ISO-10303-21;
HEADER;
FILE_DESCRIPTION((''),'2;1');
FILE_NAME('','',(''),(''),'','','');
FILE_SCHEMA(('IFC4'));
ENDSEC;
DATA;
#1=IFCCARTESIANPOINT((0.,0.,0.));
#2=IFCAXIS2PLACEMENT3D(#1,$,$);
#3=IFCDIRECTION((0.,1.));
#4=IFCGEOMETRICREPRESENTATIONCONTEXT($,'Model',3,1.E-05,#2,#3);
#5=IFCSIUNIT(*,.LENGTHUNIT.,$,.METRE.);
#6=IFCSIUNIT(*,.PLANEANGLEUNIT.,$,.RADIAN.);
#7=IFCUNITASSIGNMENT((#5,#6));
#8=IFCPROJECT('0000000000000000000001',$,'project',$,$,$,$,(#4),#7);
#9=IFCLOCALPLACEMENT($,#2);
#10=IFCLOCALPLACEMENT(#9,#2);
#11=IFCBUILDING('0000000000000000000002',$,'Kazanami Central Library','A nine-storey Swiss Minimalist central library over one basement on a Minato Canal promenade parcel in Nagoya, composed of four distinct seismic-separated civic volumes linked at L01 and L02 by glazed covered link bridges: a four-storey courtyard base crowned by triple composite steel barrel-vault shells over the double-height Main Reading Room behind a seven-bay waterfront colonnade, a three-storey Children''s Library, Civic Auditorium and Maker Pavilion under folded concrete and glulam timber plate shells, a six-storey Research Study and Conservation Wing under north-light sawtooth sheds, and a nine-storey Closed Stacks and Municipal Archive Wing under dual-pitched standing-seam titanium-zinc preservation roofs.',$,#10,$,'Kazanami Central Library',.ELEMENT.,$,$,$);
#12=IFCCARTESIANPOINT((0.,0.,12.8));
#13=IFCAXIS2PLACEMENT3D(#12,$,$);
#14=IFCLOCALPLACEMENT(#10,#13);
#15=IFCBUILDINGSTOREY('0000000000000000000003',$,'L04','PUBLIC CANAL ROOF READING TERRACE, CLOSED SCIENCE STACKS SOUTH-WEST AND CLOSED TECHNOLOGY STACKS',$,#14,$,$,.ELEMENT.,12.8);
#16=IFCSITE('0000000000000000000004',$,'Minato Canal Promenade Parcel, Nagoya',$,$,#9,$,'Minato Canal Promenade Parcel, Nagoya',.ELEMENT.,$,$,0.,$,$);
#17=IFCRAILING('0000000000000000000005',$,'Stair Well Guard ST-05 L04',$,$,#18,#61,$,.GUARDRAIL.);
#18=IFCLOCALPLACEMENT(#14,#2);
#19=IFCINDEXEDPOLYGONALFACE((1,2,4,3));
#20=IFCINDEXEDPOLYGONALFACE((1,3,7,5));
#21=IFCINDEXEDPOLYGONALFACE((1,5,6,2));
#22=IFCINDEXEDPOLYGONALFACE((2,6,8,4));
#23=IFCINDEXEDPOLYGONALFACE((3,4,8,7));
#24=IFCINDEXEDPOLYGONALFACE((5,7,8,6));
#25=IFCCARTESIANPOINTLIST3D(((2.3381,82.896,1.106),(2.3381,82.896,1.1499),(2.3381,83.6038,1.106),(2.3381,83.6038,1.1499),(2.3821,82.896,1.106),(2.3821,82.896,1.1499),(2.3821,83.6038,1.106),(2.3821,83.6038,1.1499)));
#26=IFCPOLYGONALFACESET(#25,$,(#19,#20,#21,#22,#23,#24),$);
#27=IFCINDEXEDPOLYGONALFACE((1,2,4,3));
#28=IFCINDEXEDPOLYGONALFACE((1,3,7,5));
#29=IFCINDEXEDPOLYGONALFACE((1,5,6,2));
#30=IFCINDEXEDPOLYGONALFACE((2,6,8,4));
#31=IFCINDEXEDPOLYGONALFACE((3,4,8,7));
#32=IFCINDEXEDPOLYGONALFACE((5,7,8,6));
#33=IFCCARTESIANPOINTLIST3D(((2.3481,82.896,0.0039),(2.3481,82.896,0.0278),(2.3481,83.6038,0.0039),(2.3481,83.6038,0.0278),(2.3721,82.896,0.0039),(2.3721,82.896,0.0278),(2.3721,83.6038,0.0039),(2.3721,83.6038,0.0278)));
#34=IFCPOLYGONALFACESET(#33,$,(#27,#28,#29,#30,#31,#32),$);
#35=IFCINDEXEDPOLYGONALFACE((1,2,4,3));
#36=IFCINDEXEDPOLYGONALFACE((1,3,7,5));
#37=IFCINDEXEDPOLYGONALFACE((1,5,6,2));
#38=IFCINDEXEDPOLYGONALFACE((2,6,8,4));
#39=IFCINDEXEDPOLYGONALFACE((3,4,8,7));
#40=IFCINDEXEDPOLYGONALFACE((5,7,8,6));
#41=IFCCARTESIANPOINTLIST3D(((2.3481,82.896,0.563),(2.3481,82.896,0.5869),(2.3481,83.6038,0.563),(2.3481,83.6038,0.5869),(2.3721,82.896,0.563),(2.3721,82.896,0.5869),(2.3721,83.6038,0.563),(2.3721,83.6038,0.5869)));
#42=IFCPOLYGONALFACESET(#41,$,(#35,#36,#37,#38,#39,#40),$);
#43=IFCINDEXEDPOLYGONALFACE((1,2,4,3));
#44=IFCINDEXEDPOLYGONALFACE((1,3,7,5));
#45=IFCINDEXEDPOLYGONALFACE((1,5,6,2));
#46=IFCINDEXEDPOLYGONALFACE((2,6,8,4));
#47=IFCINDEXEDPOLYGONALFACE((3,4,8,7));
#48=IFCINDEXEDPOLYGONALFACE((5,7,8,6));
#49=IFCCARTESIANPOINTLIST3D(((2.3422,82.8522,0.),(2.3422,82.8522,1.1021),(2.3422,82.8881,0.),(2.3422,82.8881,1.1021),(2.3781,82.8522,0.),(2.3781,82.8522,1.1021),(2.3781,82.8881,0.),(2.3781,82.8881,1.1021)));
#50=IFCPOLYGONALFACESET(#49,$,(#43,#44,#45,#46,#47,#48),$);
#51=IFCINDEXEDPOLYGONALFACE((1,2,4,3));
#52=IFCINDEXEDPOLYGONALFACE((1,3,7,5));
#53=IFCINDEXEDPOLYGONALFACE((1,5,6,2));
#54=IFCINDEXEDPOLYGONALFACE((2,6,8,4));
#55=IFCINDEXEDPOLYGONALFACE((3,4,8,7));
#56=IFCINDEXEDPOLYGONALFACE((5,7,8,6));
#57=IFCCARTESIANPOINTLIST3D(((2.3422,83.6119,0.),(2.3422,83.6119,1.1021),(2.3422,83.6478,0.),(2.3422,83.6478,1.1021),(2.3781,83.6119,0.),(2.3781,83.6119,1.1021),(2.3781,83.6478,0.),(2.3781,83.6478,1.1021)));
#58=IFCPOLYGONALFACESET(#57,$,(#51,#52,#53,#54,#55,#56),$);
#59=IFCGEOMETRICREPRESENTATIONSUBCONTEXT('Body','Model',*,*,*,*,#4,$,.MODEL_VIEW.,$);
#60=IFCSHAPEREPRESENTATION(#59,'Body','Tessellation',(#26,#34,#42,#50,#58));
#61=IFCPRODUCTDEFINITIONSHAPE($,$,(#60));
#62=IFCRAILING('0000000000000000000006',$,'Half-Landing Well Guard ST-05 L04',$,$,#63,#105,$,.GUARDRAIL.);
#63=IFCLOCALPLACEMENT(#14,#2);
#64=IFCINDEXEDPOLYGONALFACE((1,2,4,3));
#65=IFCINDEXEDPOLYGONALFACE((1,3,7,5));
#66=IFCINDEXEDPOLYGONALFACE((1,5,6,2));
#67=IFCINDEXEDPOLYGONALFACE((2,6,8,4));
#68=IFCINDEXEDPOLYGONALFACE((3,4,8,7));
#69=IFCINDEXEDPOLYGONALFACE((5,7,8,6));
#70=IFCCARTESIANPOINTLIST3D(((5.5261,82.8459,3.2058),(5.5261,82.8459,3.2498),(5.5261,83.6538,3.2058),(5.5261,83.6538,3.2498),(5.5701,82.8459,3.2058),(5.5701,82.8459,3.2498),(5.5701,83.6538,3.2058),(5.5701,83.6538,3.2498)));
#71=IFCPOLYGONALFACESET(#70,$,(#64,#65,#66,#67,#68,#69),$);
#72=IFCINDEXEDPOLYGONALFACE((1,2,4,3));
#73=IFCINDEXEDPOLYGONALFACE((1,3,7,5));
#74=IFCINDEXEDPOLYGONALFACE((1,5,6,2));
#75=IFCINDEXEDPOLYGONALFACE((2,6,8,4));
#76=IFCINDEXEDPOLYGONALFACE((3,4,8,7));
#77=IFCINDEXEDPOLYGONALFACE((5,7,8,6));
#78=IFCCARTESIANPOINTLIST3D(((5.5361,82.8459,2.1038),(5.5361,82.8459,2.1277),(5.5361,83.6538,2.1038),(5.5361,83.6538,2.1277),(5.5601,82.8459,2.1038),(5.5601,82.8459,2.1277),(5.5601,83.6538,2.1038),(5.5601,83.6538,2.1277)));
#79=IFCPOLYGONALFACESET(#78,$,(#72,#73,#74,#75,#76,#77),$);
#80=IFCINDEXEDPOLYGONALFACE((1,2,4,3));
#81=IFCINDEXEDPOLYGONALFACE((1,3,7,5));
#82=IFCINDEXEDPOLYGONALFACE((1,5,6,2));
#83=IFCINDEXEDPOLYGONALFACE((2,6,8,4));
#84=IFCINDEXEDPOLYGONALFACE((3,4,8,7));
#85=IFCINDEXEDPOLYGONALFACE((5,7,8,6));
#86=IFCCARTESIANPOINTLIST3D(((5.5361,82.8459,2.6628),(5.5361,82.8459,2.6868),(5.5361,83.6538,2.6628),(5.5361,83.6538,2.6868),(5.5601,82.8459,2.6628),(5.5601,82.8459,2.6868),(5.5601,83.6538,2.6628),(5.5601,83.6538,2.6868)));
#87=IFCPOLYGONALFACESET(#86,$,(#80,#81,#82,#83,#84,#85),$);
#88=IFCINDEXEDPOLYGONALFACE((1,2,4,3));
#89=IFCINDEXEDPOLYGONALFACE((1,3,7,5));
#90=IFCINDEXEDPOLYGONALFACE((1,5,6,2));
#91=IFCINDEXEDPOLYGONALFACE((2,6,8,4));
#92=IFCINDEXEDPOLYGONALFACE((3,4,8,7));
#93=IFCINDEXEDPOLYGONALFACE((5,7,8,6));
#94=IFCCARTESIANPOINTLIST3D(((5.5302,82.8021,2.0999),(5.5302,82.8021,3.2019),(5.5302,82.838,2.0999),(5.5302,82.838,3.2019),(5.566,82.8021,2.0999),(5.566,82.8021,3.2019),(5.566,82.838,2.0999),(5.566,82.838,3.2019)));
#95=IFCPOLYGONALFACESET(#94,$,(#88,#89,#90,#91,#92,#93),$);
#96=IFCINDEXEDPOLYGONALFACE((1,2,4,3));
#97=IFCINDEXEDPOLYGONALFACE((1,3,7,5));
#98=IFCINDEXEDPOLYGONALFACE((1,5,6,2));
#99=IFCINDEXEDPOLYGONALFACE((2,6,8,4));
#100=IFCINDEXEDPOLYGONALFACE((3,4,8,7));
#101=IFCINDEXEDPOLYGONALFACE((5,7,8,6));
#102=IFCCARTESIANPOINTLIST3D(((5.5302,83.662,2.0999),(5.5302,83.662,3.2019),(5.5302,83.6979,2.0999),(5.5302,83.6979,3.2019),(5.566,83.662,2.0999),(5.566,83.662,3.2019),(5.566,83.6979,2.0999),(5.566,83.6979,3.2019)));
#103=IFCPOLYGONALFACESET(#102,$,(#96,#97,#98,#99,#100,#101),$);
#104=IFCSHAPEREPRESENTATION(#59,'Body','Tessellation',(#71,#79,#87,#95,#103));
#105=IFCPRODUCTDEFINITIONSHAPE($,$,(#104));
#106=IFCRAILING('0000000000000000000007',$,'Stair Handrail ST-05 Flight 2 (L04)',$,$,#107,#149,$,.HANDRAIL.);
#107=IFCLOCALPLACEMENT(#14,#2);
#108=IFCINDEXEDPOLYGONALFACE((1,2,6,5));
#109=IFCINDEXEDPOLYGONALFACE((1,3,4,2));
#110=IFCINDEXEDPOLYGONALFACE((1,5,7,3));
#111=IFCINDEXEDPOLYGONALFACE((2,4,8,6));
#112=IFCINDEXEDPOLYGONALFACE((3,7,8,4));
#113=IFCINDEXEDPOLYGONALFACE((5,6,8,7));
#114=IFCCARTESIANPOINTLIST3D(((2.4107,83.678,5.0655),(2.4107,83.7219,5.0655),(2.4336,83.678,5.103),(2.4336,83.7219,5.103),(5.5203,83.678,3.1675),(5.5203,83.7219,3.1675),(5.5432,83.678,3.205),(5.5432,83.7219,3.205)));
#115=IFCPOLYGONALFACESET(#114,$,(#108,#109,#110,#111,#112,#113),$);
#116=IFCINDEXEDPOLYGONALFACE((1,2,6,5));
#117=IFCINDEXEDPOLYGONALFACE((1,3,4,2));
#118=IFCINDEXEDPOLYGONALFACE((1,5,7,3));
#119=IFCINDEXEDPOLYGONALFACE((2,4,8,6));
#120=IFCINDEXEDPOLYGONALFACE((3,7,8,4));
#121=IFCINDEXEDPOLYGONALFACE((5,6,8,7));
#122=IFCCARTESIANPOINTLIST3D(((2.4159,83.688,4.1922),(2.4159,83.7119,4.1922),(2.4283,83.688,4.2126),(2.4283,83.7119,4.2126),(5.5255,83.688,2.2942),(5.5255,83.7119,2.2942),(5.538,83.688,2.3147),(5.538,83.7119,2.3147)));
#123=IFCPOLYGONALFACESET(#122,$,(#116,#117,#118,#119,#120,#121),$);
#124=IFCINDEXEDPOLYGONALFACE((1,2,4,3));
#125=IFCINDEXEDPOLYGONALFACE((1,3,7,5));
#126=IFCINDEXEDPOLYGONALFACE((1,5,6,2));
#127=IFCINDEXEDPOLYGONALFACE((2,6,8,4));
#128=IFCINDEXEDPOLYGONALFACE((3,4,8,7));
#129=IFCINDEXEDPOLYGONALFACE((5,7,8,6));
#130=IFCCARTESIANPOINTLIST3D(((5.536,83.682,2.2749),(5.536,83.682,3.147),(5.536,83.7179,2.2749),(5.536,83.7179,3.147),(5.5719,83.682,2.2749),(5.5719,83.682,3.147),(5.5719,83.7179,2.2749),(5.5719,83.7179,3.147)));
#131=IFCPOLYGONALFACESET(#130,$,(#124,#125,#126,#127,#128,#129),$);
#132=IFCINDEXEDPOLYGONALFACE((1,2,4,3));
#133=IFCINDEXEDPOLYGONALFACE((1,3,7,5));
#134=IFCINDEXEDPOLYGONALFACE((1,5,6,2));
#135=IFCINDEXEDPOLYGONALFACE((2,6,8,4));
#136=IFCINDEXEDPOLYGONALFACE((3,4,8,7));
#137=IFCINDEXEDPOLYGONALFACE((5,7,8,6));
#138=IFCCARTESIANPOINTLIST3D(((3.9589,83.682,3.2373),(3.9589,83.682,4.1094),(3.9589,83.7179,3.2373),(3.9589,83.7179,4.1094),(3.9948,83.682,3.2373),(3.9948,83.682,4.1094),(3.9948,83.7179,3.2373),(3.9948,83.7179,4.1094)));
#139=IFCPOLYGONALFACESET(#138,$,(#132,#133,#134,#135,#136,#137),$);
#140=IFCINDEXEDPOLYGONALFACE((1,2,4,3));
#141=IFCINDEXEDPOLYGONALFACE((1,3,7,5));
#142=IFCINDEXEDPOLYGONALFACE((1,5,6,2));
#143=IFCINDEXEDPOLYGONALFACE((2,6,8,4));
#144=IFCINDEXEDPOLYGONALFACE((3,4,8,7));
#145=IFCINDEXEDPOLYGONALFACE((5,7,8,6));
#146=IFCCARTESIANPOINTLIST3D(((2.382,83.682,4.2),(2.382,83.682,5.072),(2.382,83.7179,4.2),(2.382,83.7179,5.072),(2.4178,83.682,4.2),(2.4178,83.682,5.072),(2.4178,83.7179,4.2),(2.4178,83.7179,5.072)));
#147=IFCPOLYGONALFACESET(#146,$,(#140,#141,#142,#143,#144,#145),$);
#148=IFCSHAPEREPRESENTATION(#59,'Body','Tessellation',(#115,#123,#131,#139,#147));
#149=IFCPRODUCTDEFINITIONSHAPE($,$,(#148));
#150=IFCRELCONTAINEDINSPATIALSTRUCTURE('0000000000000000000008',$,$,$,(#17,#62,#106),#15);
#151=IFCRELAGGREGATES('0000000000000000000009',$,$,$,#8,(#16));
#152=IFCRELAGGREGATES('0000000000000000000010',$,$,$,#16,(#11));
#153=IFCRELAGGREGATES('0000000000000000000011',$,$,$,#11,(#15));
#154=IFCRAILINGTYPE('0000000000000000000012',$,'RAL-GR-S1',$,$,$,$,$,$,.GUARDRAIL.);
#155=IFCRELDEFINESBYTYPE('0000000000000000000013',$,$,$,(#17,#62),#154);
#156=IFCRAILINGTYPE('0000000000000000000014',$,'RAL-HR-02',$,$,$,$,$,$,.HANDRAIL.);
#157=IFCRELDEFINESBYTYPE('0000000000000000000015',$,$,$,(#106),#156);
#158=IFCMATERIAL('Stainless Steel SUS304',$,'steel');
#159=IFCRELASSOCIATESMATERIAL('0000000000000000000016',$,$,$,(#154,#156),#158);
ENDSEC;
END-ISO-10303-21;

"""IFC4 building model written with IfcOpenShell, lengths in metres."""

from ifc_helpers import new_model, si_unit, direction, frame, origin, origin_2d, place, context, subcontext, project, spatial, rectangle, extrude, material, type_object, element, save


model = new_model("IFC4")

# Units and contexts
model_context = context("Model", 3, precision=1e-05, world=origin(), true_north=direction((0.0, 1.0)))
body_context = subcontext(model_context, "Body", "Model", "MODEL_VIEW")
ifc_project = project(units=[si_unit("LENGTHUNIT", "METRE"), si_unit("PLANEANGLEUNIT", "RADIAN")], contexts=[model_context])

# Site, building, storey
site_placement = place(None, origin())
site = spatial("IfcSite", under=ifc_project, at=site_placement, Name="Minato Canal Promenade Parcel, Nagoya", LongName="Minato Canal Promenade Parcel, Nagoya", CompositionType="ELEMENT", RefElevation=0.0)
building_placement = place(site_placement, origin())
building = spatial("IfcBuilding", under=site, at=building_placement, Name="Kazanami Central Library", Description="A nine-storey Swiss Minimalist central library over one basement on a Minato Canal promenade parcel in Nagoya, composed of four distinct seismic-separated civic volumes linked at L01 and L02 by glazed covered link bridges: a four-storey courtyard base crowned by triple composite steel barrel-vault shells over the double-height Main Reading Room behind a seven-bay waterfront colonnade, a three-storey Children's Library, Civic Auditorium and Maker Pavilion under folded concrete and glulam timber plate shells, a six-storey Research Study and Conservation Wing under north-light sawtooth sheds, and a nine-storey Closed Stacks and Municipal Archive Wing under dual-pitched standing-seam titanium-zinc preservation roofs.", LongName="Kazanami Central Library", CompositionType="ELEMENT")
storey_placement = place(building_placement, frame((0.0, 0.0, 12.8)))
storey = spatial("IfcBuildingStorey", under=building, at=storey_placement, Name="L04", Description="PUBLIC CANAL ROOF READING TERRACE, CLOSED SCIENCE STACKS SOUTH-WEST AND CLOSED TECHNOLOGY STACKS", CompositionType="ELEMENT", Elevation=12.8)

# Railings
ifc_material_1 = material(Name="Stainless Steel SUS304", Category="steel")
railing_type_1 = type_object("IfcRailingType", Name="RAL-GR-S1", PredefinedType="GUARDRAIL", material=ifc_material_1)
railing_1_placement = place(storey_placement, frame((2.3601, 82.8701, 0.0)))
element("IfcRailing", 1, at=railing_1_placement, inside=storey, type_object=railing_type_1, Name="Stair Well Guard ST-05 L04", PredefinedType="GUARDRAIL", context=body_context, shape_type="SweptSolid", body=[
    extrude(rectangle(XDim=0.0439, YDim=0.0439, at=origin_2d()), frame((0.0, 0.0259, 1.1279), z_axis=(0.0, 1.0, 0.0), x_axis=(-1.0, 0.0, 0.0)), (0.0, 0.0, 1.0), 0.7078),
    extrude(rectangle(XDim=0.0239, YDim=0.0239, at=origin_2d()), frame((0.0, 0.0259, 0.0159), z_axis=(0.0, 1.0, 0.0), x_axis=(-1.0, 0.0, 0.0)), (0.0, 0.0, 1.0), 0.7078),
    extrude(rectangle(XDim=0.0239, YDim=0.0239, at=origin_2d()), frame((0.0, 0.0259, 0.575), z_axis=(0.0, 1.0, 0.0), x_axis=(-1.0, 0.0, 0.0)), (0.0, 0.0, 1.0), 0.7078),
    extrude(rectangle(XDim=0.0359, YDim=0.0359, at=origin_2d()), origin(), (0.0, 0.0, 1.0), 1.1021),
    extrude(rectangle(XDim=0.0359, YDim=0.0359, at=origin_2d()), frame((0.0, 0.7598, 0.0)), (0.0, 0.0, 1.0), 1.1021),
])
railing_2_placement = place(storey_placement, frame((5.5481, 82.8201, 2.0999)))
element("IfcRailing", 2, at=railing_2_placement, inside=storey, type_object=railing_type_1, Name="Half-Landing Well Guard ST-05 L04", PredefinedType="GUARDRAIL", context=body_context, shape_type="SweptSolid", body=[
    extrude(rectangle(XDim=0.0439, YDim=0.0439, at=origin_2d()), frame((0.0, 0.0259, 1.1279), z_axis=(0.0, 1.0, 0.0), x_axis=(-1.0, 0.0, 0.0)), (0.0, 0.0, 1.0), 0.8079),
    extrude(rectangle(XDim=0.0239, YDim=0.0239, at=origin_2d()), frame((0.0, 0.0259, 0.0159), z_axis=(0.0, 1.0, 0.0), x_axis=(-1.0, 0.0, 0.0)), (0.0, 0.0, 1.0), 0.8079),
    extrude(rectangle(XDim=0.0239, YDim=0.0239, at=origin_2d()), frame((0.0, 0.0259, 0.575), z_axis=(0.0, 1.0, 0.0), x_axis=(-1.0, 0.0, 0.0)), (0.0, 0.0, 1.0), 0.8079),
    extrude(rectangle(XDim=0.0359, YDim=0.0359, at=origin_2d()), origin(), (0.0, 0.0, 1.0), 1.1021),
    extrude(rectangle(XDim=0.0359, YDim=0.0359, at=origin_2d()), frame((0.0, 0.8599, 0.0)), (0.0, 0.0, 1.0), 1.1021),
])
railing_type_2 = type_object("IfcRailingType", Name="RAL-HR-02", PredefinedType="HANDRAIL", material=ifc_material_1)
railing_3_placement = place(storey_placement, frame((5.554, 83.7, 2.2749)))
element("IfcRailing", 3, at=railing_3_placement, inside=storey, type_object=railing_type_2, Name="Stair Handrail ST-05 Flight 2 (L04)", PredefinedType="HANDRAIL", context=body_context, shape_type="SweptSolid", body=[
    extrude(rectangle(XDim=0.0439, YDim=0.0439, at=origin_2d()), frame((-0.0222, 0.0, 0.9114), z_axis=(-0.853574, 0.0, 0.520972), x_axis=(0.0, -1.0, 0.0)), (0.0, 0.0, 1.0), 3.6431),
    extrude(rectangle(XDim=0.0239, YDim=0.0239, at=origin_2d()), frame((-0.0222, 0.0, 0.0295), z_axis=(-0.853574, 0.0, 0.520972), x_axis=(0.0, -1.0, 0.0)), (0.0, 0.0, 1.0), 3.6431),
    extrude(rectangle(XDim=0.0359, YDim=0.0359, at=origin_2d()), origin(), (0.0, 0.0, 1.0), 0.8721),
    extrude(rectangle(XDim=0.0359, YDim=0.0359, at=origin_2d()), frame((-1.5771, 0.0, 0.9624)), (0.0, 0.0, 1.0), 0.8721),
    extrude(rectangle(XDim=0.0359, YDim=0.0359, at=origin_2d()), frame((-3.1541, 0.0, 1.925)), (0.0, 0.0, 1.0), 0.8721),
])

save(model, "model.ifc")
